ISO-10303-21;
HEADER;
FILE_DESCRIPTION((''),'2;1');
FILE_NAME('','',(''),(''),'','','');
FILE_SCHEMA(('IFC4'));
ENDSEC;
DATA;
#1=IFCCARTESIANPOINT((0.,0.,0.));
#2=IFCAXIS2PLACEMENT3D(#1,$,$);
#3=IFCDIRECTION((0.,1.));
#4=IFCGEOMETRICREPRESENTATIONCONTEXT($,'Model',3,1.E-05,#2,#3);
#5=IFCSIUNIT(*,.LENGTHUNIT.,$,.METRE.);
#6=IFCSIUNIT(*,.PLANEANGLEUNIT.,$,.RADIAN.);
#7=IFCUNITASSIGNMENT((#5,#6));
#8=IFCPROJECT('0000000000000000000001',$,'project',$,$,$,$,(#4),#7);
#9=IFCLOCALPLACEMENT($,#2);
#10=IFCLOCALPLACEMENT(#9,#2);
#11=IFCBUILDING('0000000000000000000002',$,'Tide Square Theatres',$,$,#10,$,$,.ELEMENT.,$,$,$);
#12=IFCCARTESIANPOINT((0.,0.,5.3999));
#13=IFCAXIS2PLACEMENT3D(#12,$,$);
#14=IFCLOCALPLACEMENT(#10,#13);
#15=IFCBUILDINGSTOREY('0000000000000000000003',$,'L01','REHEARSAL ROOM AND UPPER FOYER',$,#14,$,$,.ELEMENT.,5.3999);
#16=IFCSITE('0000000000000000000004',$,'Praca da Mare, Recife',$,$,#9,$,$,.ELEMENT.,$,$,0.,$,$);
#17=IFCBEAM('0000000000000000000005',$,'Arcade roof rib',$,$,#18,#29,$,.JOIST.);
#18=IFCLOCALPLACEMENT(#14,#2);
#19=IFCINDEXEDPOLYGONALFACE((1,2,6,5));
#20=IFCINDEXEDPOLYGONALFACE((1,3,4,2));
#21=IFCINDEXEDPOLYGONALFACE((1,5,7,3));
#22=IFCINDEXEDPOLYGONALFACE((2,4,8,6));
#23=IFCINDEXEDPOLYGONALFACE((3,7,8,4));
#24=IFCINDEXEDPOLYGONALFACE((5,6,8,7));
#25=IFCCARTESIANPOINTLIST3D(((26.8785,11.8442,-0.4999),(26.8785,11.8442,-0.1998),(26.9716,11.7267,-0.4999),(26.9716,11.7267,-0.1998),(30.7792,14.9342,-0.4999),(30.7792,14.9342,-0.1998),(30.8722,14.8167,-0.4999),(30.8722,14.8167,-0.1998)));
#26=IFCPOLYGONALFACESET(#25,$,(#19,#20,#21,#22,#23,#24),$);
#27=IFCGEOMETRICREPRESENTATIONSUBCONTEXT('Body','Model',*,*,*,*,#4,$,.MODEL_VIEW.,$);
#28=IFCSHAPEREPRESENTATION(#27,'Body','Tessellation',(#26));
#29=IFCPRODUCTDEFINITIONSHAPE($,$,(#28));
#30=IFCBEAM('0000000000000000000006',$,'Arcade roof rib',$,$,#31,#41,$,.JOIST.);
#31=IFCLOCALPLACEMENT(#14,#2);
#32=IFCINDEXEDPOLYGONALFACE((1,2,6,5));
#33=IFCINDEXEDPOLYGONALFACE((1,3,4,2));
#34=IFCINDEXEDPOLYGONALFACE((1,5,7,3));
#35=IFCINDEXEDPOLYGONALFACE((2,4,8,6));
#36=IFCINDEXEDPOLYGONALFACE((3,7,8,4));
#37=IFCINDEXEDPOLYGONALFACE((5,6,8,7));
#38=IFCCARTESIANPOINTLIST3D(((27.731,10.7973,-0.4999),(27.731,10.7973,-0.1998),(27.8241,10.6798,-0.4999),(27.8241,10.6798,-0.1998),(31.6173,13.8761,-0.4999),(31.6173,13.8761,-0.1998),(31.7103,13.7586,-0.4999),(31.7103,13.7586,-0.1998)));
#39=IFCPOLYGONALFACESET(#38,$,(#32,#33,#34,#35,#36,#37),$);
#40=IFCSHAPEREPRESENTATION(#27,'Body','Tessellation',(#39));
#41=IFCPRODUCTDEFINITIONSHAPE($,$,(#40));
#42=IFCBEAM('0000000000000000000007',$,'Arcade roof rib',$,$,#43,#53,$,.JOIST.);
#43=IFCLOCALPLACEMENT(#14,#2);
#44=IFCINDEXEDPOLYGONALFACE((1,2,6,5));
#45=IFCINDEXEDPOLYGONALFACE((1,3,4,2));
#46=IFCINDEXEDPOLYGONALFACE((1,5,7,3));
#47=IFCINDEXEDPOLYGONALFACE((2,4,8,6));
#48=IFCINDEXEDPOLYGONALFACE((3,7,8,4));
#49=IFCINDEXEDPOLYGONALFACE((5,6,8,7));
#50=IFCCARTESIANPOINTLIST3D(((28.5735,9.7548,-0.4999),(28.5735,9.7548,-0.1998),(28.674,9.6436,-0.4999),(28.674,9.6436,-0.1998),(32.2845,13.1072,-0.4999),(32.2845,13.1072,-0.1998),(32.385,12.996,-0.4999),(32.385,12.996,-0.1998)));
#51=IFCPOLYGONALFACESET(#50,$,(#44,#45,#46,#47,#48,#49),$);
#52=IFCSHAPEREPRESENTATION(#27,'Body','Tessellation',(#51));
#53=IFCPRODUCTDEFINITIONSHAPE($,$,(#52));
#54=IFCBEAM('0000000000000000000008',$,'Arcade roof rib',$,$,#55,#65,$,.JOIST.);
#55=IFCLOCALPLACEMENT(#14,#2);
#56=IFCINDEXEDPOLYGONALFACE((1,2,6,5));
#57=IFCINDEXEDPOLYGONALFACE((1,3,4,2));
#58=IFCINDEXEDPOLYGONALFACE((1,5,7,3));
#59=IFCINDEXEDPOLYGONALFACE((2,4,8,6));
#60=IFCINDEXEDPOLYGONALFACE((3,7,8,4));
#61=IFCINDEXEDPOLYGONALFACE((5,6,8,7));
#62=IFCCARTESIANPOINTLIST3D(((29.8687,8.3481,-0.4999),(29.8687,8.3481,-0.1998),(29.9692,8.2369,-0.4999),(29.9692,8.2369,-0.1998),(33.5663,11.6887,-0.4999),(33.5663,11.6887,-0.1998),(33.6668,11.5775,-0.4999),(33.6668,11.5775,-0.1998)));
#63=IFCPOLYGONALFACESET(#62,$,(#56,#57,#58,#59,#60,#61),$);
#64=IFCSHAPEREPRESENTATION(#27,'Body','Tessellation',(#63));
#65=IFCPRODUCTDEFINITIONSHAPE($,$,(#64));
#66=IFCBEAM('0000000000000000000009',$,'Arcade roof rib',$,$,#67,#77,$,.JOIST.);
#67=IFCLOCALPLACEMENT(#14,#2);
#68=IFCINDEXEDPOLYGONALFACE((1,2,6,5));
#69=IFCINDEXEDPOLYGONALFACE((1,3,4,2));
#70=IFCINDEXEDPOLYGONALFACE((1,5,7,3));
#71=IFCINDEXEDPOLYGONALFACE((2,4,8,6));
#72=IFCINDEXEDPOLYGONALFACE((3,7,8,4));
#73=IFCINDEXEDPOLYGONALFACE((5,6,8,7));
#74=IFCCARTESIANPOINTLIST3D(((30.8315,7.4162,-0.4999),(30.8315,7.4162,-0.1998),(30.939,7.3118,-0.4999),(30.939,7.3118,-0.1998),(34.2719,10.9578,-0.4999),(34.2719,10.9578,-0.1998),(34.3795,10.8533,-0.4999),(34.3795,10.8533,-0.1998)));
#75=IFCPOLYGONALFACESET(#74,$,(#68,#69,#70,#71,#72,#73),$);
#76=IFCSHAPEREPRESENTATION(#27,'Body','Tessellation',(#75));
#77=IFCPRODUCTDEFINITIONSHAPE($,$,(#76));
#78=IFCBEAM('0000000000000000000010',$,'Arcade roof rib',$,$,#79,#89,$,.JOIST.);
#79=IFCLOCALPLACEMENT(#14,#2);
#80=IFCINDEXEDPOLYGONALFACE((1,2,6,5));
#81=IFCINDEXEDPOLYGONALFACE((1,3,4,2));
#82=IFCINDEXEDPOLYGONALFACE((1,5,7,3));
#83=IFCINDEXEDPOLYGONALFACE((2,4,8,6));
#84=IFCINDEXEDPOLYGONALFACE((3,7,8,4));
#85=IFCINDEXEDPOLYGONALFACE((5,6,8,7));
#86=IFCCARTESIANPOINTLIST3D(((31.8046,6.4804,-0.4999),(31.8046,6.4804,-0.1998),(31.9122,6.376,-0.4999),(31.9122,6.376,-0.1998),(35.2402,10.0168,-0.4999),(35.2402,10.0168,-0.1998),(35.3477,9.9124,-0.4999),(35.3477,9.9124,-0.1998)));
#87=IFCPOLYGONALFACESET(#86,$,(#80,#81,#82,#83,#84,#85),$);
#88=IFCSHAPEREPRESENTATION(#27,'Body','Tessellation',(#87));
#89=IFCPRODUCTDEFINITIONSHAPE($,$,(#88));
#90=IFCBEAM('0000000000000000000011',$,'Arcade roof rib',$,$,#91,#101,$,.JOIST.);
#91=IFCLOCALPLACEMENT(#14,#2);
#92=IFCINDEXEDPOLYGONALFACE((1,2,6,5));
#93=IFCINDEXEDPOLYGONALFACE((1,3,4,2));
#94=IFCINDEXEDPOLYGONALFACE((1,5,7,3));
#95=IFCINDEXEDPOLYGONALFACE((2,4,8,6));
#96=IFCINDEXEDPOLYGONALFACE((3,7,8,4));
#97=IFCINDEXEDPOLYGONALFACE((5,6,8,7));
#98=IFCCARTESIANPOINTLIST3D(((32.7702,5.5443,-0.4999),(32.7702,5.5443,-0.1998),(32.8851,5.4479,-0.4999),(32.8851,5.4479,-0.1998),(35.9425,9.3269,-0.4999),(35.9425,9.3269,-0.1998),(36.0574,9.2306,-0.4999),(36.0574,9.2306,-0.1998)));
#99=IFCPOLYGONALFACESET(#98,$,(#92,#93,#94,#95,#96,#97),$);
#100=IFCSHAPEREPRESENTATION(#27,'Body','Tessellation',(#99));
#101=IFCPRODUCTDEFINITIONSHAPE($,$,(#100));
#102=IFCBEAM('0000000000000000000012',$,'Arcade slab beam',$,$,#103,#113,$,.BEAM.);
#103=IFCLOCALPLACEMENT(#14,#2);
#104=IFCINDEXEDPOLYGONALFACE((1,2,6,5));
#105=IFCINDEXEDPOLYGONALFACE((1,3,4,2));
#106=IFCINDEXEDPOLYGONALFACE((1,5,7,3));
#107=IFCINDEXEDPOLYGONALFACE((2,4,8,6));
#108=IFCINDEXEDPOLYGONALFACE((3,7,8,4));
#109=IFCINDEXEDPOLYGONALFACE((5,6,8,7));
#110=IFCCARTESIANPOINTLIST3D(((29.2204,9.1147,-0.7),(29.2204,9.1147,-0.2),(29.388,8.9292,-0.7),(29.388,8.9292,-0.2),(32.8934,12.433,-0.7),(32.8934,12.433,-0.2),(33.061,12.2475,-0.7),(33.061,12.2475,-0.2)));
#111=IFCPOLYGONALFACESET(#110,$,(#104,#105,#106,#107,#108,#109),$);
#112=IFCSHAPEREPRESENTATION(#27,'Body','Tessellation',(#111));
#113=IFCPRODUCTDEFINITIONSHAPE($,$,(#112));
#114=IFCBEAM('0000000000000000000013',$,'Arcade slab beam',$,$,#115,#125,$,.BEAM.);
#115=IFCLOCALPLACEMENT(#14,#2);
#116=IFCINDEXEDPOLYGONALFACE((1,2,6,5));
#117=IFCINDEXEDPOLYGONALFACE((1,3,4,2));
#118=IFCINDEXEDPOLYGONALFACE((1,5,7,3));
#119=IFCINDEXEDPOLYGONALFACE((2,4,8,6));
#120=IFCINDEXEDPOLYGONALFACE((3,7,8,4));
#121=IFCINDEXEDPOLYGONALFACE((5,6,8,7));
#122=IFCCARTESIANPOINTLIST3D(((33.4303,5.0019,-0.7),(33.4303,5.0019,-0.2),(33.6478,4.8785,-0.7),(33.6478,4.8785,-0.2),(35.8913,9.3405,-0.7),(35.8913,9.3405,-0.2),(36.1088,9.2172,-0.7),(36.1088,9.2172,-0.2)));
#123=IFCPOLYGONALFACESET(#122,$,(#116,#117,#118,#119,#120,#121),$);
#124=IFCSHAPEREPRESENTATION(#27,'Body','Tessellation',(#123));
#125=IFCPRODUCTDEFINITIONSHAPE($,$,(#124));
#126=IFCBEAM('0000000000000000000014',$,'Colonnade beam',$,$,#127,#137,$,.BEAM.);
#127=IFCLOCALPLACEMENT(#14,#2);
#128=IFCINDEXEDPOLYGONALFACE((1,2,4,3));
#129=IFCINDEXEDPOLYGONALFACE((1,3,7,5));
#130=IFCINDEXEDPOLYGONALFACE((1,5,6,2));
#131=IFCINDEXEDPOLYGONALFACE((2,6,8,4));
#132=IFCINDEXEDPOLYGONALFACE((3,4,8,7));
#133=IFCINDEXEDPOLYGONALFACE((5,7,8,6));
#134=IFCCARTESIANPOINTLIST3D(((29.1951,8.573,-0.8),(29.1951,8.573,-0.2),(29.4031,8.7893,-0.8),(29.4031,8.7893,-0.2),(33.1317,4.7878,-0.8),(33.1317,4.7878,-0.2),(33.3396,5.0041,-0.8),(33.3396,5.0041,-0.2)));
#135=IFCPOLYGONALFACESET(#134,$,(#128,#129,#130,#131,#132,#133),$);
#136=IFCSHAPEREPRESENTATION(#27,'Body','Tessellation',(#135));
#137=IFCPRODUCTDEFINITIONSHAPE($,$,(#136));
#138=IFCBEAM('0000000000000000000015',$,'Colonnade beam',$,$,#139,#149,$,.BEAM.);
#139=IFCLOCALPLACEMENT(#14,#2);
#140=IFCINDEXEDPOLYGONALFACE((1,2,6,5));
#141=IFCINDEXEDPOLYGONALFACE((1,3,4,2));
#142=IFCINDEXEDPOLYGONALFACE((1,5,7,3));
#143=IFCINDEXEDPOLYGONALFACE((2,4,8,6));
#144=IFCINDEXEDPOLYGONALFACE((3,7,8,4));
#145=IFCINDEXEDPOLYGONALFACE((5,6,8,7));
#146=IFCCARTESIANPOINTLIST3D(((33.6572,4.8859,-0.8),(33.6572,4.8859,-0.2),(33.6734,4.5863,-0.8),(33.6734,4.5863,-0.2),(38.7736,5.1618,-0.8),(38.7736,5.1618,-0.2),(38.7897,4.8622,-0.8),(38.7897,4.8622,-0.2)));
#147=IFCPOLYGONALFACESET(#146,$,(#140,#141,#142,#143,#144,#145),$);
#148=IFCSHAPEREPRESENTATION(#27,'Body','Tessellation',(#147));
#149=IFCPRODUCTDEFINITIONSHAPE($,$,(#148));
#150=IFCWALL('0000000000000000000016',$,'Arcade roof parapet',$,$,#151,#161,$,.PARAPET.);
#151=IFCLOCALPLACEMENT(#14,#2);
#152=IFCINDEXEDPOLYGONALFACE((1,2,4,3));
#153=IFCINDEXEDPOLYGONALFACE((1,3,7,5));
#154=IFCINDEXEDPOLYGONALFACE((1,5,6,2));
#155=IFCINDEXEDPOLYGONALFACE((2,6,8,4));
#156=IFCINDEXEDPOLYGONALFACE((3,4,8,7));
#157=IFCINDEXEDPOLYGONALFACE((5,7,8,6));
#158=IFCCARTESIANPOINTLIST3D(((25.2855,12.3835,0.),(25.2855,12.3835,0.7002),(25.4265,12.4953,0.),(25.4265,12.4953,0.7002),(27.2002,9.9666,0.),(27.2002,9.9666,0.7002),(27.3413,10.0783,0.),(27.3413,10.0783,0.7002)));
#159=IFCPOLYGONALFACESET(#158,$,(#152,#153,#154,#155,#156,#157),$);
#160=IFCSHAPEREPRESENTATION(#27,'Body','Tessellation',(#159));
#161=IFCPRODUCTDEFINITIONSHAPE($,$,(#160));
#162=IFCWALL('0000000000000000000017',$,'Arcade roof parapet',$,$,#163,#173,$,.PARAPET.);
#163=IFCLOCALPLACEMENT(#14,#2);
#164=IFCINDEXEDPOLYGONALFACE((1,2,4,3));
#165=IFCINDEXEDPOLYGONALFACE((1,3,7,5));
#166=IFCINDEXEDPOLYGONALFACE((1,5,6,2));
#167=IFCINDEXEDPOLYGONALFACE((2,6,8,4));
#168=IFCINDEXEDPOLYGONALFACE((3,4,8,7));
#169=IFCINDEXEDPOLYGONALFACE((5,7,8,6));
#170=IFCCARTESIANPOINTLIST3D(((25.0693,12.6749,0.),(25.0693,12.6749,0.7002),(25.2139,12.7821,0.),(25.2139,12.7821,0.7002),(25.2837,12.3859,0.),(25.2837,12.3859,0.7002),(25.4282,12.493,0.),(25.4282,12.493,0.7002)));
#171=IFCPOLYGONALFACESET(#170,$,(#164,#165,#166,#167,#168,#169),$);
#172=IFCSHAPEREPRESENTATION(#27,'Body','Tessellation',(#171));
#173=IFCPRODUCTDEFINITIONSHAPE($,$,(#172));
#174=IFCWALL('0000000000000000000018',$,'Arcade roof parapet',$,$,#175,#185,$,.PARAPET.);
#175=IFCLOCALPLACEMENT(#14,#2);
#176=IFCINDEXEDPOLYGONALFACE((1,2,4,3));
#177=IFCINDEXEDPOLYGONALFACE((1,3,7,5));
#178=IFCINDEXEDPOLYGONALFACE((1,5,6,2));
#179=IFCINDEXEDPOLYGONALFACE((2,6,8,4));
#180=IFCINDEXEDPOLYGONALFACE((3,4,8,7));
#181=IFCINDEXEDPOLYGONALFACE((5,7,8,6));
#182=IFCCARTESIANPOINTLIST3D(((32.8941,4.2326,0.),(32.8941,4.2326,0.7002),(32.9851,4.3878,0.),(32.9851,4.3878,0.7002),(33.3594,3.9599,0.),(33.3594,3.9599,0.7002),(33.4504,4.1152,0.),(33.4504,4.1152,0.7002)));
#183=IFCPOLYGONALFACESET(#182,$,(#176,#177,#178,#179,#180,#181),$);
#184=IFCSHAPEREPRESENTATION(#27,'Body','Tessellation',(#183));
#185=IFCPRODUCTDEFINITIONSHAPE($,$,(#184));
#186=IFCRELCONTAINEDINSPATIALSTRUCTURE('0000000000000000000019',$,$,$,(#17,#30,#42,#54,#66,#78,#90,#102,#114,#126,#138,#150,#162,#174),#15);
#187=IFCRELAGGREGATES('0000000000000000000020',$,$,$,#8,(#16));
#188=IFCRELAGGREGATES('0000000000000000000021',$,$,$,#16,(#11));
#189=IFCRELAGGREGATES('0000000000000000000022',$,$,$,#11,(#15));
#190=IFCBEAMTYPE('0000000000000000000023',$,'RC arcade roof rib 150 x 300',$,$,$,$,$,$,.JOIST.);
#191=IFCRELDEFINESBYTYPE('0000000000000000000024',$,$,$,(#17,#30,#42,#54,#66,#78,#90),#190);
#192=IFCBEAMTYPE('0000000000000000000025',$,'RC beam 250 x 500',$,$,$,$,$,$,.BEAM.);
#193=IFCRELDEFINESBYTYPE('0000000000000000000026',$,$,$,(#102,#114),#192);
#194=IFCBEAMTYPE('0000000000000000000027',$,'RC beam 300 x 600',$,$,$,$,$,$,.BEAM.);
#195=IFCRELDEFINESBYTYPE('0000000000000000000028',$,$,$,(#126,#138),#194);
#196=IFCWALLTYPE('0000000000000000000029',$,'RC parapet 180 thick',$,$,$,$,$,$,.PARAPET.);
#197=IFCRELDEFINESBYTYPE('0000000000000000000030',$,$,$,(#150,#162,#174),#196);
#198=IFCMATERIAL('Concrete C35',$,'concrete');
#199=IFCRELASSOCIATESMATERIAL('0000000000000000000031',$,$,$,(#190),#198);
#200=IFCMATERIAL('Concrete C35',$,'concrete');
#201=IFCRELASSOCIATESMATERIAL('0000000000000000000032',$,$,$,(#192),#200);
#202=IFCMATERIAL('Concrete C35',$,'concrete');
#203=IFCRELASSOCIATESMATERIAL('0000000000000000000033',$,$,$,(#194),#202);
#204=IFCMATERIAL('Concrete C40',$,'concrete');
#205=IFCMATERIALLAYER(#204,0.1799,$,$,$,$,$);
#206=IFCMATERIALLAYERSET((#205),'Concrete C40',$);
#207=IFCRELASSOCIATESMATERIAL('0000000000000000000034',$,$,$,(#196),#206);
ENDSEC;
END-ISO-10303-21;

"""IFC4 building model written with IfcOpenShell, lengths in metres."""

from ifc_helpers import new_model, si_unit, direction, frame, frame_2d, origin, origin_2d, place, context, subcontext, project, spatial, rectangle, extrude, material, layer, layer_set, material_profile, profile_set, type_object, element, save


model = new_model("IFC4")

# Units and contexts
model_context = context("Model", 3, precision=1e-05, world=origin(), true_north=direction((0.0, 1.0)))
body_context = subcontext(model_context, "Body", "Model", "MODEL_VIEW")
ifc_project = project(units=[si_unit("LENGTHUNIT", "METRE"), si_unit("PLANEANGLEUNIT", "RADIAN")], contexts=[model_context])

# Site, building, storey
site_placement = place(None, origin())
site = spatial("IfcSite", under=ifc_project, at=site_placement, Name="Praca da Mare, Recife", CompositionType="ELEMENT", RefElevation=0.0)
building_placement = place(site_placement, origin())
building = spatial("IfcBuilding", under=site, at=building_placement, Name="Tide Square Theatres", CompositionType="ELEMENT")
storey_placement = place(building_placement, frame((0.0, 0.0, 5.3999)))
storey = spatial("IfcBuildingStorey", under=building, at=storey_placement, Name="L01", Description="REHEARSAL ROOM AND UPPER FOYER", CompositionType="ELEMENT", Elevation=5.3999)

# Beams
ifc_material_1 = material(Name="Concrete C35", Category="concrete")
ifc_material_profile_1 = material_profile(ifc_material_1, rectangle(XDim=0.1499, YDim=0.3, at=origin_2d()))
ifc_profile_set_1 = profile_set([ifc_material_profile_1], Name="Concrete C35")
beam_type_1 = type_object("IfcBeamType", Name="RC arcade roof rib 150 x 300", PredefinedType="JOIST", material=ifc_profile_set_1)
beam_1_placement = place(storey_placement, frame((26.925, 11.7854, -0.3499), z_axis=(0.783842, 0.620961, 0.0), x_axis=(-0.620961, 0.783842, 0.0)))
element("IfcBeam", 1, at=beam_1_placement, inside=storey, type_object=beam_type_1, Name="Arcade roof rib", PredefinedType="JOIST", context=body_context, shape_type="SweptSolid", body=[
    extrude(rectangle(XDim=0.1499, YDim=0.3, at=origin_2d()), origin(), (0.0, 0.0, 1.0), 4.9763),
])
beam_2_placement = place(storey_placement, frame((27.7776, 10.7385, -0.3499), z_axis=(0.783824, 0.620983, 0.0), x_axis=(-0.620983, 0.783824, 0.0)))
element("IfcBeam", 2, at=beam_2_placement, inside=storey, type_object=beam_type_1, Name="Arcade roof rib", PredefinedType="JOIST", context=body_context, shape_type="SweptSolid", body=[
    extrude(rectangle(XDim=0.1499, YDim=0.3, at=origin_2d()), origin(), (0.0, 0.0, 1.0), 4.958),
])
beam_3_placement = place(storey_placement, frame((28.6238, 9.6992, -0.3499), z_axis=(0.742055, 0.670339, 0.0), x_axis=(-0.670339, 0.742055, 0.0)))
element("IfcBeam", 3, at=beam_3_placement, inside=storey, type_object=beam_type_1, Name="Arcade roof rib", PredefinedType="JOIST", context=body_context, shape_type="SweptSolid", body=[
    extrude(rectangle(XDim=0.1499, YDim=0.3, at=origin_2d()), origin(), (0.0, 0.0, 1.0), 5.001),
])
beam_4_placement = place(storey_placement, frame((29.9189, 8.2925, -0.3499), z_axis=(0.742014, 0.670385, 0.0), x_axis=(-0.670385, 0.742014, 0.0)))
element("IfcBeam", 4, at=beam_4_placement, inside=storey, type_object=beam_type_1, Name="Arcade roof rib", PredefinedType="JOIST", context=body_context, shape_type="SweptSolid", body=[
    extrude(rectangle(XDim=0.1499, YDim=0.3, at=origin_2d()), origin(), (0.0, 0.0, 1.0), 4.9832),
])
beam_5_placement = place(storey_placement, frame((30.8853, 7.364, -0.3499), z_axis=(0.696797, 0.717268, 0.0), x_axis=(-0.717268, 0.696797, 0.0)))
element("IfcBeam", 5, at=beam_5_placement, inside=storey, type_object=beam_type_1, Name="Arcade roof rib", PredefinedType="JOIST", context=body_context, shape_type="SweptSolid", body=[
    extrude(rectangle(XDim=0.1499, YDim=0.3, at=origin_2d()), origin(), (0.0, 0.0, 1.0), 4.9375),
])
beam_6_placement = place(storey_placement, frame((31.8584, 6.4282, -0.3499), z_axis=(0.696808, 0.717258, 0.0), x_axis=(-0.717258, 0.696808, 0.0)))
element("IfcBeam", 6, at=beam_6_placement, inside=storey, type_object=beam_type_1, Name="Arcade roof rib", PredefinedType="JOIST", context=body_context, shape_type="SweptSolid", body=[
    extrude(rectangle(XDim=0.1499, YDim=0.3, at=origin_2d()), origin(), (0.0, 0.0, 1.0), 4.9304),
])
beam_7_placement = place(storey_placement, frame((32.8276, 5.4961, -0.3499), z_axis=(0.642584, 0.766215, 0.0), x_axis=(-0.766215, 0.642584, 0.0)))
element("IfcBeam", 7, at=beam_7_placement, inside=storey, type_object=beam_type_1, Name="Arcade roof rib", PredefinedType="JOIST", context=body_context, shape_type="SweptSolid", body=[
    extrude(rectangle(XDim=0.1499, YDim=0.3, at=origin_2d()), origin(), (0.0, 0.0, 1.0), 4.9368),
])
ifc_material_2 = material(Name="Concrete C35", Category="concrete")
ifc_material_profile_2 = material_profile(ifc_material_2, rectangle(XDim=0.25, YDim=0.5, at=origin_2d()))
ifc_profile_set_2 = profile_set([ifc_material_profile_2], Name="Concrete C35")
beam_type_2 = type_object("IfcBeamType", Name="RC beam 250 x 500", PredefinedType="BEAM", material=ifc_profile_set_2)
beam_8_placement = place(storey_placement, frame((29.3042, 9.022, -0.45), z_axis=(0.74203, 0.670367, 0.0), x_axis=(-0.670367, 0.74203, 0.0)))
element("IfcBeam", 8, at=beam_8_placement, inside=storey, type_object=beam_type_2, Name="Arcade slab beam", PredefinedType="BEAM", context=body_context, shape_type="SweptSolid", body=[
    extrude(rectangle(XDim=0.25, YDim=0.5, at=origin_2d()), origin(), (0.0, 0.0, 1.0), 4.95),
])
beam_9_placement = place(storey_placement, frame((33.5391, 4.9402, -0.45), z_axis=(0.493374, 0.869817, 0.0), x_axis=(-0.869817, 0.493374, 0.0)))
element("IfcBeam", 9, at=beam_9_placement, inside=storey, type_object=beam_type_2, Name="Arcade slab beam", PredefinedType="BEAM", context=body_context, shape_type="SweptSolid", body=[
    extrude(rectangle(XDim=0.25, YDim=0.5, at=origin_2d()), origin(), (0.0, 0.0, 1.0), 4.988),
])
ifc_material_3 = material(Name="Concrete C35", Category="concrete")
ifc_material_profile_3 = material_profile(ifc_material_3, rectangle(XDim=0.3, YDim=0.6001, at=origin_2d()))
ifc_profile_set_3 = profile_set([ifc_material_profile_3], Name="Concrete C35")
beam_type_3 = type_object("IfcBeamType", Name="RC beam 300 x 600", PredefinedType="BEAM", material=ifc_profile_set_3)
beam_10_placement = place(storey_placement, frame((29.2991, 8.6812, -0.5), z_axis=(0.72083, -0.693112, 0.0), x_axis=(0.693112, 0.72083, 0.0)))
element("IfcBeam", 10, at=beam_10_placement, inside=storey, type_object=beam_type_3, Name="Colonnade beam", PredefinedType="BEAM", context=body_context, shape_type="SweptSolid", body=[
    extrude(rectangle(XDim=0.3, YDim=0.6001, at=origin_2d()), origin(), (0.0, 0.0, 1.0), 5.4612),
])
beam_11_placement = place(storey_placement, frame((33.6653, 4.7361, -0.5), z_axis=(0.998549, 0.053842, 0.0), x_axis=(-0.053842, 0.998549, 0.0)))
element("IfcBeam", 11, at=beam_11_placement, inside=storey, type_object=beam_type_3, Name="Colonnade beam", PredefinedType="BEAM", context=body_context, shape_type="SweptSolid", body=[
    extrude(rectangle(XDim=0.3, YDim=0.6001, at=origin_2d()), origin(), (0.0, 0.0, 1.0), 5.1238),
])

# Walls
ifc_material_4 = material(Name="Concrete C40", Category="concrete")
ifc_layer = layer(ifc_material_4, 0.1799)
ifc_layer_set = layer_set([ifc_layer], Name="Concrete C40")
wall_type = type_object("IfcWallType", Name="RC parapet 180 thick", PredefinedType="PARAPET", material=ifc_layer_set)
wall_1_placement = place(storey_placement, frame((27.2708, 10.0225, 0.0), z_axis=(0.0, 0.0, 1.0), x_axis=(-0.620971, 0.783834, 0.0)))
element("IfcWall", 12, at=wall_1_placement, inside=storey, type_object=wall_type, Name="Arcade roof parapet", PredefinedType="PARAPET", context=body_context, shape_type="SweptSolid", body=[
    extrude(rectangle(XDim=3.0835, YDim=0.1799, at=frame_2d((1.5417, 0.0))), origin(), (0.0, 0.0, 1.0), 0.7002),
])
wall_2_placement = place(storey_placement, frame((25.356, 12.4395, 0.0), z_axis=(0.0, 0.0, 1.0), x_axis=(-0.595649, 0.803245, 0.0)))
element("IfcWall", 13, at=wall_2_placement, inside=storey, type_object=wall_type, Name="Arcade roof parapet", PredefinedType="PARAPET", context=body_context, shape_type="SweptSolid", body=[
    extrude(rectangle(XDim=0.3599, YDim=0.1799, at=frame_2d((0.1799, 0.0))), origin(), (0.0, 0.0, 1.0), 0.7002),
])
for number, where, z_axis, x_axis, name in (
    (14, (33.4048, 4.0376, 0.0), (0.0, 0.0, 1.0), (-0.862759, 0.505615, 0.0), "Arcade roof parapet"),
):
    element("IfcWall", number, at=place(storey_placement, frame(where, z_axis=z_axis, x_axis=x_axis)), inside=storey, type_object=wall_type, Name=name, PredefinedType="PARAPET", context=body_context, shape_type="SweptSolid", body=[
        extrude(rectangle(XDim=0.5393, YDim=0.1799, at=frame_2d((0.2695, 0.0))), origin(), (0.0, 0.0, 1.0), 0.7002),
    ])

save(model, "model.ifc")
